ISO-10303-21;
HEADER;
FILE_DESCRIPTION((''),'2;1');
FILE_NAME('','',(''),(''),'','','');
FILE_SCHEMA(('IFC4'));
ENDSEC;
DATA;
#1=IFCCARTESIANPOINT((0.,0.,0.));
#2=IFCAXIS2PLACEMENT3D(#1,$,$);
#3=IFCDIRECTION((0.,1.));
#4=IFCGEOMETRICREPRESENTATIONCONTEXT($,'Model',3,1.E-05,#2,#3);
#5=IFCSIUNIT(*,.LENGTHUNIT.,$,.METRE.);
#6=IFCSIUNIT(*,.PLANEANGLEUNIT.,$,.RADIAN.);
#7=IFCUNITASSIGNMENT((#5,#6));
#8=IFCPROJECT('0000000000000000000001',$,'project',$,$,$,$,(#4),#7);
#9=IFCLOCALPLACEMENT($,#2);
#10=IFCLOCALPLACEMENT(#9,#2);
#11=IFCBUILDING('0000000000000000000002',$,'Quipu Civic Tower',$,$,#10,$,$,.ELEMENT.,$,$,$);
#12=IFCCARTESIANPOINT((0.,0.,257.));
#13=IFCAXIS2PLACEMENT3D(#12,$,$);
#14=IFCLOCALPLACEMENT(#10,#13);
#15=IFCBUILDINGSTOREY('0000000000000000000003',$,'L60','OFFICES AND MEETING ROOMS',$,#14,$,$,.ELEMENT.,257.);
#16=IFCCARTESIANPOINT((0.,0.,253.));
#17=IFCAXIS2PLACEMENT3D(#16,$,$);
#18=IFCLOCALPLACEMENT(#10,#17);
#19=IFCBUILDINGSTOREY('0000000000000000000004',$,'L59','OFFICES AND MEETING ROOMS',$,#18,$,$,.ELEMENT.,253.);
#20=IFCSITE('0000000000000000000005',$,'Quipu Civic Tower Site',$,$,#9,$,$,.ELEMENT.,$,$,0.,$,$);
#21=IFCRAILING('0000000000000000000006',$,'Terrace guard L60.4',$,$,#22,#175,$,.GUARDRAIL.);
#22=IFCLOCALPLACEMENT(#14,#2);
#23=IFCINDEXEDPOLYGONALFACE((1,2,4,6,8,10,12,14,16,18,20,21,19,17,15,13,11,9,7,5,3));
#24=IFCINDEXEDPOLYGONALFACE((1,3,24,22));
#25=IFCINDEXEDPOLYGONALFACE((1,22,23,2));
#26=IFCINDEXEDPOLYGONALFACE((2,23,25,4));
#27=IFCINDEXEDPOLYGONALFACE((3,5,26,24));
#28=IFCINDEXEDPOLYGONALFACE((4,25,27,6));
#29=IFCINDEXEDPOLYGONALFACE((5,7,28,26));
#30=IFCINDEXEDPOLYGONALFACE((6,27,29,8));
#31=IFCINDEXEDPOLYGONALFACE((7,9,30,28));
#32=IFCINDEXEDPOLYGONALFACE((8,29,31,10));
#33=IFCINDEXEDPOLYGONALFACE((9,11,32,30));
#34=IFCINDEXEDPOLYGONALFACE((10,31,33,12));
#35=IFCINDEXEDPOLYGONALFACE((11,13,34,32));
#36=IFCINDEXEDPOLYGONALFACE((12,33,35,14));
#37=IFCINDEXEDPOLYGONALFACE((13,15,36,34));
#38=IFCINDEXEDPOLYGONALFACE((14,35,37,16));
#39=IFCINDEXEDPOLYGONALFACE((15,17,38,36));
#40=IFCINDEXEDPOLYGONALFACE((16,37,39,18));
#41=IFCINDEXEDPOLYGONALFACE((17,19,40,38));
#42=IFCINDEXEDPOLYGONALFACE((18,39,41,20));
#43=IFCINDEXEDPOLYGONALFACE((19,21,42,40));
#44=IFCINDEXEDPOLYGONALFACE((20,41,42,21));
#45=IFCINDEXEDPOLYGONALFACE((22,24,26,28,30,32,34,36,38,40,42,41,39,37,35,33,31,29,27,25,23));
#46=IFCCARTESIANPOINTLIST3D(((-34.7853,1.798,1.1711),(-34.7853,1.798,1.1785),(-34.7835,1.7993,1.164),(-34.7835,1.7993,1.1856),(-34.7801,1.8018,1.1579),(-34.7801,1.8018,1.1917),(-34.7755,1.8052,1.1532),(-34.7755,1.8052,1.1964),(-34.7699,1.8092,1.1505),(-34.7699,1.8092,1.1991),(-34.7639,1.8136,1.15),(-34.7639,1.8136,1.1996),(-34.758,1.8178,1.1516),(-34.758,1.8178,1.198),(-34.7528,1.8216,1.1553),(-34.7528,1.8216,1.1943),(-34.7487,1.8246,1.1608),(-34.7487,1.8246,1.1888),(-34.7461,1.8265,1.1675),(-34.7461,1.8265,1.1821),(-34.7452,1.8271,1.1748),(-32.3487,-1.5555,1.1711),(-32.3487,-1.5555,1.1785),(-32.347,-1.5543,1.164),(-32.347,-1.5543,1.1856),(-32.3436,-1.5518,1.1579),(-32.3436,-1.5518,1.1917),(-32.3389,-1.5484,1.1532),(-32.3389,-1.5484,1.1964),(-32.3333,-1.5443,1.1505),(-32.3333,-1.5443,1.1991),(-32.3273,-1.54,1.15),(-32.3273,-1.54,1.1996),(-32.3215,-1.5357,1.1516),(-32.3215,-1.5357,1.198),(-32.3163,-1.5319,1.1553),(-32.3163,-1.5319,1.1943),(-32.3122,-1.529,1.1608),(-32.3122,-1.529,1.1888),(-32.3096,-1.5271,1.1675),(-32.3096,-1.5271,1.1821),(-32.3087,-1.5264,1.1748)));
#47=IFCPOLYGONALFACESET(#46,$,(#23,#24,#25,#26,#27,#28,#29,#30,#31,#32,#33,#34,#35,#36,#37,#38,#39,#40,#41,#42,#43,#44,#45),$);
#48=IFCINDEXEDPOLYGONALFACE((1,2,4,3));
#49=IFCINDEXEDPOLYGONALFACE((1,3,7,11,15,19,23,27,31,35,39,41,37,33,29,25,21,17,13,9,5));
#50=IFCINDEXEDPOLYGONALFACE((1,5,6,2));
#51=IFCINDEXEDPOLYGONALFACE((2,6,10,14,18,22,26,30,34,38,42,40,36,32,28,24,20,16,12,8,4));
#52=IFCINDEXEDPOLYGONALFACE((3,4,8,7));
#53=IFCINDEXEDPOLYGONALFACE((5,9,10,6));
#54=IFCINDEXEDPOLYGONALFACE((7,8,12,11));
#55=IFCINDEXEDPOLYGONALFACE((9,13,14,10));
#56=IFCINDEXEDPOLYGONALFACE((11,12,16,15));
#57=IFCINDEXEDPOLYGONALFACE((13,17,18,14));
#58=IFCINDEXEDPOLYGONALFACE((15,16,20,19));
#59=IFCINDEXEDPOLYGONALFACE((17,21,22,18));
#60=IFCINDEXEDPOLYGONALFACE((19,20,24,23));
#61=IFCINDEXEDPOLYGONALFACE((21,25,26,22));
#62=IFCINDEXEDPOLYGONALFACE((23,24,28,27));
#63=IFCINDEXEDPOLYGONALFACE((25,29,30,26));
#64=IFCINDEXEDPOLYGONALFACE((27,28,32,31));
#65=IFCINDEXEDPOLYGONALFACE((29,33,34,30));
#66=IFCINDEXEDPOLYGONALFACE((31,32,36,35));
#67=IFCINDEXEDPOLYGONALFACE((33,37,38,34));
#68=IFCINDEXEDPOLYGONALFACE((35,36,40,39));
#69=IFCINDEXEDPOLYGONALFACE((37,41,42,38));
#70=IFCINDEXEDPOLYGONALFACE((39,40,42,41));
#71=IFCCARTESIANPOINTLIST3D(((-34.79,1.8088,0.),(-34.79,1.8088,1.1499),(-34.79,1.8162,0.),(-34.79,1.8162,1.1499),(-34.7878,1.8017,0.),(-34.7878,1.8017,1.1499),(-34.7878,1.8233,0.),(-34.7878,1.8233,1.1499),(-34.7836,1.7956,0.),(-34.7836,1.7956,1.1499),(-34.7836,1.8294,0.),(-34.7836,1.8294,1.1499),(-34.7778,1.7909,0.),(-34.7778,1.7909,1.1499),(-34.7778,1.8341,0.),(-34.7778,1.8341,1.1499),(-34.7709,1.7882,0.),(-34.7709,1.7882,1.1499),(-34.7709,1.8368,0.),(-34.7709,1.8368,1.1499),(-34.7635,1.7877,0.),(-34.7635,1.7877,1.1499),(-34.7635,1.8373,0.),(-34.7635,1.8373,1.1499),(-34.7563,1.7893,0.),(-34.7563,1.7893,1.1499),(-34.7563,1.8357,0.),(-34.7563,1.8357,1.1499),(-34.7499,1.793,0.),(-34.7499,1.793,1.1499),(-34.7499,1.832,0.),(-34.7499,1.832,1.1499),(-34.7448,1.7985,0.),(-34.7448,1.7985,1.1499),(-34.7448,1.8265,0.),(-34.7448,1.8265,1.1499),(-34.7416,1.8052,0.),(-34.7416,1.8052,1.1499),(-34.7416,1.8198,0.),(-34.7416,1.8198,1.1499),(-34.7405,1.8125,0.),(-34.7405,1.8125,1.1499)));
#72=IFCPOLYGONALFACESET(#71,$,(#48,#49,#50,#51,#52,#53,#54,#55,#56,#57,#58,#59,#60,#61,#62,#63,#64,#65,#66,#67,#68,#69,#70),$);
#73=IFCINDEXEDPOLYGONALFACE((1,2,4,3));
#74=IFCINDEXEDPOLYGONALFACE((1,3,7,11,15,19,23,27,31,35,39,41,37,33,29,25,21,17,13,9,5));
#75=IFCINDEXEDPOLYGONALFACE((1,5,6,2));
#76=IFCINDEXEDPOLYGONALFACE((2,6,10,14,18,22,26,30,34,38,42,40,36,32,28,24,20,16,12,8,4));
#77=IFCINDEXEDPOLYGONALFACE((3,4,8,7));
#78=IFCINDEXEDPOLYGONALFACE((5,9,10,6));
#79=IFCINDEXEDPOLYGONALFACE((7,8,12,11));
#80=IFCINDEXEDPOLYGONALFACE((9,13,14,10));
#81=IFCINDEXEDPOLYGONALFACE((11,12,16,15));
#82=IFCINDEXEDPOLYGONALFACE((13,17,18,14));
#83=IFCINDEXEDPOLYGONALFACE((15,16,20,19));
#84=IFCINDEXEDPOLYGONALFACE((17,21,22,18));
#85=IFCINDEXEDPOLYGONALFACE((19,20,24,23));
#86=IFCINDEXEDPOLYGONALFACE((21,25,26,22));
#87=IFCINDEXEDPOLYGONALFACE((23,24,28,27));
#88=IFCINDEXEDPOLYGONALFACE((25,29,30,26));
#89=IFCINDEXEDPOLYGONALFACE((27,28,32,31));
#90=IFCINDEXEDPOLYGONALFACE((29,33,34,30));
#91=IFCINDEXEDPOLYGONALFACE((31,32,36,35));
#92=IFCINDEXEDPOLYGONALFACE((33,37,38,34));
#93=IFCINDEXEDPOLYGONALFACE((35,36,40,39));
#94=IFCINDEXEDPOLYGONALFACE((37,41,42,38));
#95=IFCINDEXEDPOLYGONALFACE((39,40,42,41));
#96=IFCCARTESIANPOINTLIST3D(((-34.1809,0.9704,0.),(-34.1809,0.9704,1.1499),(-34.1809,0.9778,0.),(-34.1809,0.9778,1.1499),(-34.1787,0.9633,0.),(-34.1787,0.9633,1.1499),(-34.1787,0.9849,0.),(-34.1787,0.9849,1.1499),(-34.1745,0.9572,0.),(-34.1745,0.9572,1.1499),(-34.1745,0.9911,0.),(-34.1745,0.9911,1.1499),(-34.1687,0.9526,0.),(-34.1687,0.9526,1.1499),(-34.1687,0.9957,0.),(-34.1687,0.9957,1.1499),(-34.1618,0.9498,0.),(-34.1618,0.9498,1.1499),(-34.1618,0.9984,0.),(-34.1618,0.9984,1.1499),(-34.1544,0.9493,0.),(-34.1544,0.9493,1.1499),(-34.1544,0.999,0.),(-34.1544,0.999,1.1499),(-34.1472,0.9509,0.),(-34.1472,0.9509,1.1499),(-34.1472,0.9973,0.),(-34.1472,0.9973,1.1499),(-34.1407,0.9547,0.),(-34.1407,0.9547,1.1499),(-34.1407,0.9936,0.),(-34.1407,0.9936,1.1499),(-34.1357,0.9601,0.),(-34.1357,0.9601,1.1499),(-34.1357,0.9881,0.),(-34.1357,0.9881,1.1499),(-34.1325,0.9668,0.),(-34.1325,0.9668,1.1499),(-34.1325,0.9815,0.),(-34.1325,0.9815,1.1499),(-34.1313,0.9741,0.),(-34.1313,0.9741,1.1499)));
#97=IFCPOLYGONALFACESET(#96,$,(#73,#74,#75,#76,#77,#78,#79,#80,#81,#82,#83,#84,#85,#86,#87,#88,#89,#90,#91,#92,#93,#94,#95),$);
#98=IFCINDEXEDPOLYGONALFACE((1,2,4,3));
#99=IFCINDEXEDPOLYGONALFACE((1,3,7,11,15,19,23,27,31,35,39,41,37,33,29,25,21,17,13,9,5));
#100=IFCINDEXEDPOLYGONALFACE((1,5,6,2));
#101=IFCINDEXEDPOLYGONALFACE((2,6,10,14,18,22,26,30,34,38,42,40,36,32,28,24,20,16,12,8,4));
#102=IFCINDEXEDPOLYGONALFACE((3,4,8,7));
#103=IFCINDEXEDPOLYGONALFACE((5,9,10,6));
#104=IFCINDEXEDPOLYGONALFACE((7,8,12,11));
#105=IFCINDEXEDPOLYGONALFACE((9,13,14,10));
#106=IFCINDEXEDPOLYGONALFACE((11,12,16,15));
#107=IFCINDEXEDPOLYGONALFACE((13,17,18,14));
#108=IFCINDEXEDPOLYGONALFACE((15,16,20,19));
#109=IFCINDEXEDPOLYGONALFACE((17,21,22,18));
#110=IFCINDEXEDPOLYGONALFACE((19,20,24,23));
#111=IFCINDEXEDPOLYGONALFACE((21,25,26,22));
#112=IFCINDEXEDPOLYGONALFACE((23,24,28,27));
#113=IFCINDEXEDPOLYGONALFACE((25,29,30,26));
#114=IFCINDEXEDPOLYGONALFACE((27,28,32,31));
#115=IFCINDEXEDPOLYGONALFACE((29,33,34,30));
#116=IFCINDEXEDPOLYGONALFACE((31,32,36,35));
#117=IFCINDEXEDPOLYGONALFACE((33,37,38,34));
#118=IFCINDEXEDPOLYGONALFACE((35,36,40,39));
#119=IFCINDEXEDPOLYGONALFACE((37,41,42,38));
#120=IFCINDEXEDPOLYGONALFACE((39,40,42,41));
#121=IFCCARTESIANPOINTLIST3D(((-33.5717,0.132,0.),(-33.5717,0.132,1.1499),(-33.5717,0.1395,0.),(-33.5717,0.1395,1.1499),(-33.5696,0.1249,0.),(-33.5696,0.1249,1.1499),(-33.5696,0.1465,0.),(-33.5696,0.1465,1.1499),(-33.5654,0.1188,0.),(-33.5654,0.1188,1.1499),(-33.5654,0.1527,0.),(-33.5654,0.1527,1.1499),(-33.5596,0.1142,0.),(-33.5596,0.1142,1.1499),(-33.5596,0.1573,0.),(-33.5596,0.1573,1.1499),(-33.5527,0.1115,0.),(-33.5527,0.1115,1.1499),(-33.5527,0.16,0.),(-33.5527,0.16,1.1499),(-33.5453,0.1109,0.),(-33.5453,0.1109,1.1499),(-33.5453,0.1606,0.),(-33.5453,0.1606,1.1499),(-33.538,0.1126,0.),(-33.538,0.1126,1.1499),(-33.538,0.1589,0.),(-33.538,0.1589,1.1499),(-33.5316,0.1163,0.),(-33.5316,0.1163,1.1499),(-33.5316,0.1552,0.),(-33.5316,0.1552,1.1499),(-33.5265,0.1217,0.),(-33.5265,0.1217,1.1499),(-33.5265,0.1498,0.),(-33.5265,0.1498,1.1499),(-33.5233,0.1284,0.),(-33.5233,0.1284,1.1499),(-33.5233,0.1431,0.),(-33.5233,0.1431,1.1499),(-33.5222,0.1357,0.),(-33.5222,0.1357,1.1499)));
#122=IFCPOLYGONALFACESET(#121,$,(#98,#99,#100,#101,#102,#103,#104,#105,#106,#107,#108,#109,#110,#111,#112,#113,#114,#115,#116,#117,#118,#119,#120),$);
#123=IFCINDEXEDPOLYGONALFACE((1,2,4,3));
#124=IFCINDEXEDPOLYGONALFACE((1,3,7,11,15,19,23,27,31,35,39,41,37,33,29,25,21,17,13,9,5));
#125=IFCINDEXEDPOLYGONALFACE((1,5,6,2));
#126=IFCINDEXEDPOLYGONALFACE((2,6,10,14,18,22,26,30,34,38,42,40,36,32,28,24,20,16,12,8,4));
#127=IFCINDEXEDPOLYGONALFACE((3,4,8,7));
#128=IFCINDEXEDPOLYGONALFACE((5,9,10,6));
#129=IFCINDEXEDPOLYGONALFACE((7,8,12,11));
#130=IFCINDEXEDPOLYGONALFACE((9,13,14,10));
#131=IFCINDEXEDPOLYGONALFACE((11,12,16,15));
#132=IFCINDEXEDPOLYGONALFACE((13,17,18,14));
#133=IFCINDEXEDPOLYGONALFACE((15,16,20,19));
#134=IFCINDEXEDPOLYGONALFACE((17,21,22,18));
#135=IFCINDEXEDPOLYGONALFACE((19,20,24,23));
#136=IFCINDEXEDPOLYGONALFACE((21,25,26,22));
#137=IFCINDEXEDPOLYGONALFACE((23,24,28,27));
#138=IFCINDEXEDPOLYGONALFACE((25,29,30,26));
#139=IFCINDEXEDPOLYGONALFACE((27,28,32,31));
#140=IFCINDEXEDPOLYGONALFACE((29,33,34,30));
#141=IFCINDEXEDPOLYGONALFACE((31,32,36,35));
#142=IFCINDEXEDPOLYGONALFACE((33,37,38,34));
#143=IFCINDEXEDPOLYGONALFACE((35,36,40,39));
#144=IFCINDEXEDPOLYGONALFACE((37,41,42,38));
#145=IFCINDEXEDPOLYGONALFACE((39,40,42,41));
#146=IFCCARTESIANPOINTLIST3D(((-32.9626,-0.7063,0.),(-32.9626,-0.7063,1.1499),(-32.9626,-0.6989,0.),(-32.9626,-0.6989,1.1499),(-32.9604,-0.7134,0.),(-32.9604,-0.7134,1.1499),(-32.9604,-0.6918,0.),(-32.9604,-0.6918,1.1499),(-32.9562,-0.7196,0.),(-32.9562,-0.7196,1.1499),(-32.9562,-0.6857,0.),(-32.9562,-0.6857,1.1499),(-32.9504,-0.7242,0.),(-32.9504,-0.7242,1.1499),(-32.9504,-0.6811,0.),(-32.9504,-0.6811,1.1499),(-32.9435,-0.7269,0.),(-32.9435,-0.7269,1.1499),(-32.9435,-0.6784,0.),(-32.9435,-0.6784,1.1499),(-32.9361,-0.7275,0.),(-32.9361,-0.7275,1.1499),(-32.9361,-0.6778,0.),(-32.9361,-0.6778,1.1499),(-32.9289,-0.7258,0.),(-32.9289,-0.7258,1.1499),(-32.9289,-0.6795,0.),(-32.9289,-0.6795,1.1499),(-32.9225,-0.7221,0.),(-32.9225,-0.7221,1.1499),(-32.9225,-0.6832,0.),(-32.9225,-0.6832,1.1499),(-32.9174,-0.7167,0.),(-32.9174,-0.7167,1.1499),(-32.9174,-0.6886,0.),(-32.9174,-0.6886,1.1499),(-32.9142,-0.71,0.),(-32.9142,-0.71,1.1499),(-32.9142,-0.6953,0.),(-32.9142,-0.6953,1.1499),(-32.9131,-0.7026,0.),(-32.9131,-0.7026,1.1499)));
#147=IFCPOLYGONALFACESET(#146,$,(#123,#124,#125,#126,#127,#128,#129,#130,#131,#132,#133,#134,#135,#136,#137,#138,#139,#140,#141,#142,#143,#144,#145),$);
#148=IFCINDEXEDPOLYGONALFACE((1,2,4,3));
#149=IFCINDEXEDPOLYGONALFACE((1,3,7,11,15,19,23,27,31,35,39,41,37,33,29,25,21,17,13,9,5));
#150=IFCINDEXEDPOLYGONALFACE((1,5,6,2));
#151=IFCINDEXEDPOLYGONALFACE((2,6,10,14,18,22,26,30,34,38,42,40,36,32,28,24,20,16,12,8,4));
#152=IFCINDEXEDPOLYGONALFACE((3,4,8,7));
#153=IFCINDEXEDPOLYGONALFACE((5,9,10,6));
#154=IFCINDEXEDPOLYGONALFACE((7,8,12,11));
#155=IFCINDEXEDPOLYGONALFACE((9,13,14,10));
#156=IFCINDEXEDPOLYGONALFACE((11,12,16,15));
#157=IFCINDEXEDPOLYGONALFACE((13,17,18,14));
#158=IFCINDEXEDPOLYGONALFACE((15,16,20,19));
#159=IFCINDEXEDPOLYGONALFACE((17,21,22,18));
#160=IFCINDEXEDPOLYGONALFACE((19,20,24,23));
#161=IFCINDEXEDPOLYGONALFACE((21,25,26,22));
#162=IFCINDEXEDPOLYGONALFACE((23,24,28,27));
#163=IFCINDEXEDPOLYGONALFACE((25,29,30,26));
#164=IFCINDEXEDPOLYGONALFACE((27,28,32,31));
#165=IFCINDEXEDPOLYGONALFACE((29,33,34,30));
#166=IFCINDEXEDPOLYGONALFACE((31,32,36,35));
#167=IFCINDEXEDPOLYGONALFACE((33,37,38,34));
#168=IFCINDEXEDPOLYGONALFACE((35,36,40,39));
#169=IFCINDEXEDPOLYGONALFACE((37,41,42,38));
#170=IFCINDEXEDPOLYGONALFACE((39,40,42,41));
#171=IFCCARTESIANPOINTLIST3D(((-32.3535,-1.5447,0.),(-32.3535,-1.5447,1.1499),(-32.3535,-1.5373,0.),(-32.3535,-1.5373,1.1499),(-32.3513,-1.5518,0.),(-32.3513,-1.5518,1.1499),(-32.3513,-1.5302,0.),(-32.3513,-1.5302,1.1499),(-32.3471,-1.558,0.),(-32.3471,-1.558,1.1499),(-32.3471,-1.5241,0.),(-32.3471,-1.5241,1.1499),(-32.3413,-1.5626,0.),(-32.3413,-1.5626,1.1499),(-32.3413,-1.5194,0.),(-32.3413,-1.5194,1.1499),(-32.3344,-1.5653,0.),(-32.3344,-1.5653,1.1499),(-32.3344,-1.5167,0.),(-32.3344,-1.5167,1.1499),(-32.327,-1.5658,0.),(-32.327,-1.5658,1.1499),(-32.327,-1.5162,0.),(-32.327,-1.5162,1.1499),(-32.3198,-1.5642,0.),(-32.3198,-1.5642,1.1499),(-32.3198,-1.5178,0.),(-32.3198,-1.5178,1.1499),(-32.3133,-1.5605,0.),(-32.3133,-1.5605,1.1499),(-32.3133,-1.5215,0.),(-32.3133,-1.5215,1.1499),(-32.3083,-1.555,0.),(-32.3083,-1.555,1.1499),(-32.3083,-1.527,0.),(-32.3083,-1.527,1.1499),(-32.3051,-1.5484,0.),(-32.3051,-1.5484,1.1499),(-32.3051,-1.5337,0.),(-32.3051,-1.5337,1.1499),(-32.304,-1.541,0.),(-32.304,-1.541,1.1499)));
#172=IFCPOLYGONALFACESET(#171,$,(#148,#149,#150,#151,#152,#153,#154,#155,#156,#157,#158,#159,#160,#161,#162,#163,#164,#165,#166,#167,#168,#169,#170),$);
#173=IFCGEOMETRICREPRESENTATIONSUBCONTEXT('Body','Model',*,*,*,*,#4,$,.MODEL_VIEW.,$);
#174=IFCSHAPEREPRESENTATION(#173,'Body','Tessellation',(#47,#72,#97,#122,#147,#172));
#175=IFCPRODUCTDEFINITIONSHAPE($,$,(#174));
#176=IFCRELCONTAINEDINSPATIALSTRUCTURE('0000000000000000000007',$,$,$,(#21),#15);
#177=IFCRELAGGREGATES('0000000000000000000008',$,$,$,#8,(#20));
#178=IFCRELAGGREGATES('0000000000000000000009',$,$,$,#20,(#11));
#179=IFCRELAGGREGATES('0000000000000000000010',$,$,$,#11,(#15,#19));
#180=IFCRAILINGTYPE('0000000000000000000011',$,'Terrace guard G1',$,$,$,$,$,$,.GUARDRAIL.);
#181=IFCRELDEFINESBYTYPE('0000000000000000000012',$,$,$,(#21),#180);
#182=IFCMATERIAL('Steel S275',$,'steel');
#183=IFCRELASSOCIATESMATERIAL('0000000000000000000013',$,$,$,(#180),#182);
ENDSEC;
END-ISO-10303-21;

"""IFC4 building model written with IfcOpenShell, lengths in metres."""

from ifc_helpers import new_model, si_unit, direction, frame, origin, origin_2d, place, context, subcontext, project, spatial, circle, extrude, material, type_object, element, save


model = new_model("IFC4")

# Units and contexts
model_context = context("Model", 3, precision=1e-05, world=origin(), true_north=direction((0.0, 1.0)))
body_context = subcontext(model_context, "Body", "Model", "MODEL_VIEW")
ifc_project = project(units=[si_unit("LENGTHUNIT", "METRE"), si_unit("PLANEANGLEUNIT", "RADIAN")], contexts=[model_context])

# Site, building, storey
site_placement = place(None, origin())
site = spatial("IfcSite", under=ifc_project, at=site_placement, Name="Quipu Civic Tower Site", CompositionType="ELEMENT", RefElevation=0.0)
building_placement = place(site_placement, origin())
building = spatial("IfcBuilding", under=site, at=building_placement, Name="Quipu Civic Tower", CompositionType="ELEMENT")
storey_1_placement = place(building_placement, frame((0.0, 0.0, 257.0)))
storey_1 = spatial("IfcBuildingStorey", under=building, at=storey_1_placement, Name="L60", Description="OFFICES AND MEETING ROOMS", CompositionType="ELEMENT", Elevation=257.0)

# Shared definitions
storey_2_placement = place(building_placement, frame((0.0, 0.0, 253.0)))
storey_2 = spatial("IfcBuildingStorey", under=building, at=storey_2_placement, Name="L59", Description="OFFICES AND MEETING ROOMS", CompositionType="ELEMENT", Elevation=253.0)

# Railing
ifc_material_1 = material(Name="Steel S275", Category="steel")
railing_type = type_object("IfcRailingType", Name="Terrace guard G1", PredefinedType="GUARDRAIL", material=ifc_material_1)
railing_1_placement = place(storey_1_placement, frame((-34.7654, 1.8125, 0.0)))
element("IfcRailing", 1, at=railing_1_placement, inside=storey_1, type_object=railing_type, Name="Terrace guard L60.4", PredefinedType="GUARDRAIL", context=body_context, shape_type="SweptSolid", body=[
    extrude(circle(Radius=0.0249, at=origin_2d()), frame((0.0, 0.0, 1.1748), z_axis=(0.587793, -0.809011, 0.0), x_axis=(0.809011, 0.587793, 0.0)), (0.0, 0.0, 1.0), 4.1453),
    extrude(circle(Radius=0.0249, at=origin_2d()), origin(), (0.0, 0.0, 1.0), 1.1499),
    extrude(circle(Radius=0.0249, at=origin_2d()), frame((0.6091, -0.8384, 0.0)), (0.0, 0.0, 1.0), 1.1499),
    extrude(circle(Radius=0.0249, at=origin_2d()), frame((1.2183, -1.6768, 0.0)), (0.0, 0.0, 1.0), 1.1499),
    extrude(circle(Radius=0.0249, at=origin_2d()), frame((1.8274, -2.5151, 0.0)), (0.0, 0.0, 1.0), 1.1499),
    extrude(circle(Radius=0.0249, at=origin_2d()), frame((2.4365, -3.3535, 0.0)), (0.0, 0.0, 1.0), 1.1499),
])

save(model, "model.ifc")
